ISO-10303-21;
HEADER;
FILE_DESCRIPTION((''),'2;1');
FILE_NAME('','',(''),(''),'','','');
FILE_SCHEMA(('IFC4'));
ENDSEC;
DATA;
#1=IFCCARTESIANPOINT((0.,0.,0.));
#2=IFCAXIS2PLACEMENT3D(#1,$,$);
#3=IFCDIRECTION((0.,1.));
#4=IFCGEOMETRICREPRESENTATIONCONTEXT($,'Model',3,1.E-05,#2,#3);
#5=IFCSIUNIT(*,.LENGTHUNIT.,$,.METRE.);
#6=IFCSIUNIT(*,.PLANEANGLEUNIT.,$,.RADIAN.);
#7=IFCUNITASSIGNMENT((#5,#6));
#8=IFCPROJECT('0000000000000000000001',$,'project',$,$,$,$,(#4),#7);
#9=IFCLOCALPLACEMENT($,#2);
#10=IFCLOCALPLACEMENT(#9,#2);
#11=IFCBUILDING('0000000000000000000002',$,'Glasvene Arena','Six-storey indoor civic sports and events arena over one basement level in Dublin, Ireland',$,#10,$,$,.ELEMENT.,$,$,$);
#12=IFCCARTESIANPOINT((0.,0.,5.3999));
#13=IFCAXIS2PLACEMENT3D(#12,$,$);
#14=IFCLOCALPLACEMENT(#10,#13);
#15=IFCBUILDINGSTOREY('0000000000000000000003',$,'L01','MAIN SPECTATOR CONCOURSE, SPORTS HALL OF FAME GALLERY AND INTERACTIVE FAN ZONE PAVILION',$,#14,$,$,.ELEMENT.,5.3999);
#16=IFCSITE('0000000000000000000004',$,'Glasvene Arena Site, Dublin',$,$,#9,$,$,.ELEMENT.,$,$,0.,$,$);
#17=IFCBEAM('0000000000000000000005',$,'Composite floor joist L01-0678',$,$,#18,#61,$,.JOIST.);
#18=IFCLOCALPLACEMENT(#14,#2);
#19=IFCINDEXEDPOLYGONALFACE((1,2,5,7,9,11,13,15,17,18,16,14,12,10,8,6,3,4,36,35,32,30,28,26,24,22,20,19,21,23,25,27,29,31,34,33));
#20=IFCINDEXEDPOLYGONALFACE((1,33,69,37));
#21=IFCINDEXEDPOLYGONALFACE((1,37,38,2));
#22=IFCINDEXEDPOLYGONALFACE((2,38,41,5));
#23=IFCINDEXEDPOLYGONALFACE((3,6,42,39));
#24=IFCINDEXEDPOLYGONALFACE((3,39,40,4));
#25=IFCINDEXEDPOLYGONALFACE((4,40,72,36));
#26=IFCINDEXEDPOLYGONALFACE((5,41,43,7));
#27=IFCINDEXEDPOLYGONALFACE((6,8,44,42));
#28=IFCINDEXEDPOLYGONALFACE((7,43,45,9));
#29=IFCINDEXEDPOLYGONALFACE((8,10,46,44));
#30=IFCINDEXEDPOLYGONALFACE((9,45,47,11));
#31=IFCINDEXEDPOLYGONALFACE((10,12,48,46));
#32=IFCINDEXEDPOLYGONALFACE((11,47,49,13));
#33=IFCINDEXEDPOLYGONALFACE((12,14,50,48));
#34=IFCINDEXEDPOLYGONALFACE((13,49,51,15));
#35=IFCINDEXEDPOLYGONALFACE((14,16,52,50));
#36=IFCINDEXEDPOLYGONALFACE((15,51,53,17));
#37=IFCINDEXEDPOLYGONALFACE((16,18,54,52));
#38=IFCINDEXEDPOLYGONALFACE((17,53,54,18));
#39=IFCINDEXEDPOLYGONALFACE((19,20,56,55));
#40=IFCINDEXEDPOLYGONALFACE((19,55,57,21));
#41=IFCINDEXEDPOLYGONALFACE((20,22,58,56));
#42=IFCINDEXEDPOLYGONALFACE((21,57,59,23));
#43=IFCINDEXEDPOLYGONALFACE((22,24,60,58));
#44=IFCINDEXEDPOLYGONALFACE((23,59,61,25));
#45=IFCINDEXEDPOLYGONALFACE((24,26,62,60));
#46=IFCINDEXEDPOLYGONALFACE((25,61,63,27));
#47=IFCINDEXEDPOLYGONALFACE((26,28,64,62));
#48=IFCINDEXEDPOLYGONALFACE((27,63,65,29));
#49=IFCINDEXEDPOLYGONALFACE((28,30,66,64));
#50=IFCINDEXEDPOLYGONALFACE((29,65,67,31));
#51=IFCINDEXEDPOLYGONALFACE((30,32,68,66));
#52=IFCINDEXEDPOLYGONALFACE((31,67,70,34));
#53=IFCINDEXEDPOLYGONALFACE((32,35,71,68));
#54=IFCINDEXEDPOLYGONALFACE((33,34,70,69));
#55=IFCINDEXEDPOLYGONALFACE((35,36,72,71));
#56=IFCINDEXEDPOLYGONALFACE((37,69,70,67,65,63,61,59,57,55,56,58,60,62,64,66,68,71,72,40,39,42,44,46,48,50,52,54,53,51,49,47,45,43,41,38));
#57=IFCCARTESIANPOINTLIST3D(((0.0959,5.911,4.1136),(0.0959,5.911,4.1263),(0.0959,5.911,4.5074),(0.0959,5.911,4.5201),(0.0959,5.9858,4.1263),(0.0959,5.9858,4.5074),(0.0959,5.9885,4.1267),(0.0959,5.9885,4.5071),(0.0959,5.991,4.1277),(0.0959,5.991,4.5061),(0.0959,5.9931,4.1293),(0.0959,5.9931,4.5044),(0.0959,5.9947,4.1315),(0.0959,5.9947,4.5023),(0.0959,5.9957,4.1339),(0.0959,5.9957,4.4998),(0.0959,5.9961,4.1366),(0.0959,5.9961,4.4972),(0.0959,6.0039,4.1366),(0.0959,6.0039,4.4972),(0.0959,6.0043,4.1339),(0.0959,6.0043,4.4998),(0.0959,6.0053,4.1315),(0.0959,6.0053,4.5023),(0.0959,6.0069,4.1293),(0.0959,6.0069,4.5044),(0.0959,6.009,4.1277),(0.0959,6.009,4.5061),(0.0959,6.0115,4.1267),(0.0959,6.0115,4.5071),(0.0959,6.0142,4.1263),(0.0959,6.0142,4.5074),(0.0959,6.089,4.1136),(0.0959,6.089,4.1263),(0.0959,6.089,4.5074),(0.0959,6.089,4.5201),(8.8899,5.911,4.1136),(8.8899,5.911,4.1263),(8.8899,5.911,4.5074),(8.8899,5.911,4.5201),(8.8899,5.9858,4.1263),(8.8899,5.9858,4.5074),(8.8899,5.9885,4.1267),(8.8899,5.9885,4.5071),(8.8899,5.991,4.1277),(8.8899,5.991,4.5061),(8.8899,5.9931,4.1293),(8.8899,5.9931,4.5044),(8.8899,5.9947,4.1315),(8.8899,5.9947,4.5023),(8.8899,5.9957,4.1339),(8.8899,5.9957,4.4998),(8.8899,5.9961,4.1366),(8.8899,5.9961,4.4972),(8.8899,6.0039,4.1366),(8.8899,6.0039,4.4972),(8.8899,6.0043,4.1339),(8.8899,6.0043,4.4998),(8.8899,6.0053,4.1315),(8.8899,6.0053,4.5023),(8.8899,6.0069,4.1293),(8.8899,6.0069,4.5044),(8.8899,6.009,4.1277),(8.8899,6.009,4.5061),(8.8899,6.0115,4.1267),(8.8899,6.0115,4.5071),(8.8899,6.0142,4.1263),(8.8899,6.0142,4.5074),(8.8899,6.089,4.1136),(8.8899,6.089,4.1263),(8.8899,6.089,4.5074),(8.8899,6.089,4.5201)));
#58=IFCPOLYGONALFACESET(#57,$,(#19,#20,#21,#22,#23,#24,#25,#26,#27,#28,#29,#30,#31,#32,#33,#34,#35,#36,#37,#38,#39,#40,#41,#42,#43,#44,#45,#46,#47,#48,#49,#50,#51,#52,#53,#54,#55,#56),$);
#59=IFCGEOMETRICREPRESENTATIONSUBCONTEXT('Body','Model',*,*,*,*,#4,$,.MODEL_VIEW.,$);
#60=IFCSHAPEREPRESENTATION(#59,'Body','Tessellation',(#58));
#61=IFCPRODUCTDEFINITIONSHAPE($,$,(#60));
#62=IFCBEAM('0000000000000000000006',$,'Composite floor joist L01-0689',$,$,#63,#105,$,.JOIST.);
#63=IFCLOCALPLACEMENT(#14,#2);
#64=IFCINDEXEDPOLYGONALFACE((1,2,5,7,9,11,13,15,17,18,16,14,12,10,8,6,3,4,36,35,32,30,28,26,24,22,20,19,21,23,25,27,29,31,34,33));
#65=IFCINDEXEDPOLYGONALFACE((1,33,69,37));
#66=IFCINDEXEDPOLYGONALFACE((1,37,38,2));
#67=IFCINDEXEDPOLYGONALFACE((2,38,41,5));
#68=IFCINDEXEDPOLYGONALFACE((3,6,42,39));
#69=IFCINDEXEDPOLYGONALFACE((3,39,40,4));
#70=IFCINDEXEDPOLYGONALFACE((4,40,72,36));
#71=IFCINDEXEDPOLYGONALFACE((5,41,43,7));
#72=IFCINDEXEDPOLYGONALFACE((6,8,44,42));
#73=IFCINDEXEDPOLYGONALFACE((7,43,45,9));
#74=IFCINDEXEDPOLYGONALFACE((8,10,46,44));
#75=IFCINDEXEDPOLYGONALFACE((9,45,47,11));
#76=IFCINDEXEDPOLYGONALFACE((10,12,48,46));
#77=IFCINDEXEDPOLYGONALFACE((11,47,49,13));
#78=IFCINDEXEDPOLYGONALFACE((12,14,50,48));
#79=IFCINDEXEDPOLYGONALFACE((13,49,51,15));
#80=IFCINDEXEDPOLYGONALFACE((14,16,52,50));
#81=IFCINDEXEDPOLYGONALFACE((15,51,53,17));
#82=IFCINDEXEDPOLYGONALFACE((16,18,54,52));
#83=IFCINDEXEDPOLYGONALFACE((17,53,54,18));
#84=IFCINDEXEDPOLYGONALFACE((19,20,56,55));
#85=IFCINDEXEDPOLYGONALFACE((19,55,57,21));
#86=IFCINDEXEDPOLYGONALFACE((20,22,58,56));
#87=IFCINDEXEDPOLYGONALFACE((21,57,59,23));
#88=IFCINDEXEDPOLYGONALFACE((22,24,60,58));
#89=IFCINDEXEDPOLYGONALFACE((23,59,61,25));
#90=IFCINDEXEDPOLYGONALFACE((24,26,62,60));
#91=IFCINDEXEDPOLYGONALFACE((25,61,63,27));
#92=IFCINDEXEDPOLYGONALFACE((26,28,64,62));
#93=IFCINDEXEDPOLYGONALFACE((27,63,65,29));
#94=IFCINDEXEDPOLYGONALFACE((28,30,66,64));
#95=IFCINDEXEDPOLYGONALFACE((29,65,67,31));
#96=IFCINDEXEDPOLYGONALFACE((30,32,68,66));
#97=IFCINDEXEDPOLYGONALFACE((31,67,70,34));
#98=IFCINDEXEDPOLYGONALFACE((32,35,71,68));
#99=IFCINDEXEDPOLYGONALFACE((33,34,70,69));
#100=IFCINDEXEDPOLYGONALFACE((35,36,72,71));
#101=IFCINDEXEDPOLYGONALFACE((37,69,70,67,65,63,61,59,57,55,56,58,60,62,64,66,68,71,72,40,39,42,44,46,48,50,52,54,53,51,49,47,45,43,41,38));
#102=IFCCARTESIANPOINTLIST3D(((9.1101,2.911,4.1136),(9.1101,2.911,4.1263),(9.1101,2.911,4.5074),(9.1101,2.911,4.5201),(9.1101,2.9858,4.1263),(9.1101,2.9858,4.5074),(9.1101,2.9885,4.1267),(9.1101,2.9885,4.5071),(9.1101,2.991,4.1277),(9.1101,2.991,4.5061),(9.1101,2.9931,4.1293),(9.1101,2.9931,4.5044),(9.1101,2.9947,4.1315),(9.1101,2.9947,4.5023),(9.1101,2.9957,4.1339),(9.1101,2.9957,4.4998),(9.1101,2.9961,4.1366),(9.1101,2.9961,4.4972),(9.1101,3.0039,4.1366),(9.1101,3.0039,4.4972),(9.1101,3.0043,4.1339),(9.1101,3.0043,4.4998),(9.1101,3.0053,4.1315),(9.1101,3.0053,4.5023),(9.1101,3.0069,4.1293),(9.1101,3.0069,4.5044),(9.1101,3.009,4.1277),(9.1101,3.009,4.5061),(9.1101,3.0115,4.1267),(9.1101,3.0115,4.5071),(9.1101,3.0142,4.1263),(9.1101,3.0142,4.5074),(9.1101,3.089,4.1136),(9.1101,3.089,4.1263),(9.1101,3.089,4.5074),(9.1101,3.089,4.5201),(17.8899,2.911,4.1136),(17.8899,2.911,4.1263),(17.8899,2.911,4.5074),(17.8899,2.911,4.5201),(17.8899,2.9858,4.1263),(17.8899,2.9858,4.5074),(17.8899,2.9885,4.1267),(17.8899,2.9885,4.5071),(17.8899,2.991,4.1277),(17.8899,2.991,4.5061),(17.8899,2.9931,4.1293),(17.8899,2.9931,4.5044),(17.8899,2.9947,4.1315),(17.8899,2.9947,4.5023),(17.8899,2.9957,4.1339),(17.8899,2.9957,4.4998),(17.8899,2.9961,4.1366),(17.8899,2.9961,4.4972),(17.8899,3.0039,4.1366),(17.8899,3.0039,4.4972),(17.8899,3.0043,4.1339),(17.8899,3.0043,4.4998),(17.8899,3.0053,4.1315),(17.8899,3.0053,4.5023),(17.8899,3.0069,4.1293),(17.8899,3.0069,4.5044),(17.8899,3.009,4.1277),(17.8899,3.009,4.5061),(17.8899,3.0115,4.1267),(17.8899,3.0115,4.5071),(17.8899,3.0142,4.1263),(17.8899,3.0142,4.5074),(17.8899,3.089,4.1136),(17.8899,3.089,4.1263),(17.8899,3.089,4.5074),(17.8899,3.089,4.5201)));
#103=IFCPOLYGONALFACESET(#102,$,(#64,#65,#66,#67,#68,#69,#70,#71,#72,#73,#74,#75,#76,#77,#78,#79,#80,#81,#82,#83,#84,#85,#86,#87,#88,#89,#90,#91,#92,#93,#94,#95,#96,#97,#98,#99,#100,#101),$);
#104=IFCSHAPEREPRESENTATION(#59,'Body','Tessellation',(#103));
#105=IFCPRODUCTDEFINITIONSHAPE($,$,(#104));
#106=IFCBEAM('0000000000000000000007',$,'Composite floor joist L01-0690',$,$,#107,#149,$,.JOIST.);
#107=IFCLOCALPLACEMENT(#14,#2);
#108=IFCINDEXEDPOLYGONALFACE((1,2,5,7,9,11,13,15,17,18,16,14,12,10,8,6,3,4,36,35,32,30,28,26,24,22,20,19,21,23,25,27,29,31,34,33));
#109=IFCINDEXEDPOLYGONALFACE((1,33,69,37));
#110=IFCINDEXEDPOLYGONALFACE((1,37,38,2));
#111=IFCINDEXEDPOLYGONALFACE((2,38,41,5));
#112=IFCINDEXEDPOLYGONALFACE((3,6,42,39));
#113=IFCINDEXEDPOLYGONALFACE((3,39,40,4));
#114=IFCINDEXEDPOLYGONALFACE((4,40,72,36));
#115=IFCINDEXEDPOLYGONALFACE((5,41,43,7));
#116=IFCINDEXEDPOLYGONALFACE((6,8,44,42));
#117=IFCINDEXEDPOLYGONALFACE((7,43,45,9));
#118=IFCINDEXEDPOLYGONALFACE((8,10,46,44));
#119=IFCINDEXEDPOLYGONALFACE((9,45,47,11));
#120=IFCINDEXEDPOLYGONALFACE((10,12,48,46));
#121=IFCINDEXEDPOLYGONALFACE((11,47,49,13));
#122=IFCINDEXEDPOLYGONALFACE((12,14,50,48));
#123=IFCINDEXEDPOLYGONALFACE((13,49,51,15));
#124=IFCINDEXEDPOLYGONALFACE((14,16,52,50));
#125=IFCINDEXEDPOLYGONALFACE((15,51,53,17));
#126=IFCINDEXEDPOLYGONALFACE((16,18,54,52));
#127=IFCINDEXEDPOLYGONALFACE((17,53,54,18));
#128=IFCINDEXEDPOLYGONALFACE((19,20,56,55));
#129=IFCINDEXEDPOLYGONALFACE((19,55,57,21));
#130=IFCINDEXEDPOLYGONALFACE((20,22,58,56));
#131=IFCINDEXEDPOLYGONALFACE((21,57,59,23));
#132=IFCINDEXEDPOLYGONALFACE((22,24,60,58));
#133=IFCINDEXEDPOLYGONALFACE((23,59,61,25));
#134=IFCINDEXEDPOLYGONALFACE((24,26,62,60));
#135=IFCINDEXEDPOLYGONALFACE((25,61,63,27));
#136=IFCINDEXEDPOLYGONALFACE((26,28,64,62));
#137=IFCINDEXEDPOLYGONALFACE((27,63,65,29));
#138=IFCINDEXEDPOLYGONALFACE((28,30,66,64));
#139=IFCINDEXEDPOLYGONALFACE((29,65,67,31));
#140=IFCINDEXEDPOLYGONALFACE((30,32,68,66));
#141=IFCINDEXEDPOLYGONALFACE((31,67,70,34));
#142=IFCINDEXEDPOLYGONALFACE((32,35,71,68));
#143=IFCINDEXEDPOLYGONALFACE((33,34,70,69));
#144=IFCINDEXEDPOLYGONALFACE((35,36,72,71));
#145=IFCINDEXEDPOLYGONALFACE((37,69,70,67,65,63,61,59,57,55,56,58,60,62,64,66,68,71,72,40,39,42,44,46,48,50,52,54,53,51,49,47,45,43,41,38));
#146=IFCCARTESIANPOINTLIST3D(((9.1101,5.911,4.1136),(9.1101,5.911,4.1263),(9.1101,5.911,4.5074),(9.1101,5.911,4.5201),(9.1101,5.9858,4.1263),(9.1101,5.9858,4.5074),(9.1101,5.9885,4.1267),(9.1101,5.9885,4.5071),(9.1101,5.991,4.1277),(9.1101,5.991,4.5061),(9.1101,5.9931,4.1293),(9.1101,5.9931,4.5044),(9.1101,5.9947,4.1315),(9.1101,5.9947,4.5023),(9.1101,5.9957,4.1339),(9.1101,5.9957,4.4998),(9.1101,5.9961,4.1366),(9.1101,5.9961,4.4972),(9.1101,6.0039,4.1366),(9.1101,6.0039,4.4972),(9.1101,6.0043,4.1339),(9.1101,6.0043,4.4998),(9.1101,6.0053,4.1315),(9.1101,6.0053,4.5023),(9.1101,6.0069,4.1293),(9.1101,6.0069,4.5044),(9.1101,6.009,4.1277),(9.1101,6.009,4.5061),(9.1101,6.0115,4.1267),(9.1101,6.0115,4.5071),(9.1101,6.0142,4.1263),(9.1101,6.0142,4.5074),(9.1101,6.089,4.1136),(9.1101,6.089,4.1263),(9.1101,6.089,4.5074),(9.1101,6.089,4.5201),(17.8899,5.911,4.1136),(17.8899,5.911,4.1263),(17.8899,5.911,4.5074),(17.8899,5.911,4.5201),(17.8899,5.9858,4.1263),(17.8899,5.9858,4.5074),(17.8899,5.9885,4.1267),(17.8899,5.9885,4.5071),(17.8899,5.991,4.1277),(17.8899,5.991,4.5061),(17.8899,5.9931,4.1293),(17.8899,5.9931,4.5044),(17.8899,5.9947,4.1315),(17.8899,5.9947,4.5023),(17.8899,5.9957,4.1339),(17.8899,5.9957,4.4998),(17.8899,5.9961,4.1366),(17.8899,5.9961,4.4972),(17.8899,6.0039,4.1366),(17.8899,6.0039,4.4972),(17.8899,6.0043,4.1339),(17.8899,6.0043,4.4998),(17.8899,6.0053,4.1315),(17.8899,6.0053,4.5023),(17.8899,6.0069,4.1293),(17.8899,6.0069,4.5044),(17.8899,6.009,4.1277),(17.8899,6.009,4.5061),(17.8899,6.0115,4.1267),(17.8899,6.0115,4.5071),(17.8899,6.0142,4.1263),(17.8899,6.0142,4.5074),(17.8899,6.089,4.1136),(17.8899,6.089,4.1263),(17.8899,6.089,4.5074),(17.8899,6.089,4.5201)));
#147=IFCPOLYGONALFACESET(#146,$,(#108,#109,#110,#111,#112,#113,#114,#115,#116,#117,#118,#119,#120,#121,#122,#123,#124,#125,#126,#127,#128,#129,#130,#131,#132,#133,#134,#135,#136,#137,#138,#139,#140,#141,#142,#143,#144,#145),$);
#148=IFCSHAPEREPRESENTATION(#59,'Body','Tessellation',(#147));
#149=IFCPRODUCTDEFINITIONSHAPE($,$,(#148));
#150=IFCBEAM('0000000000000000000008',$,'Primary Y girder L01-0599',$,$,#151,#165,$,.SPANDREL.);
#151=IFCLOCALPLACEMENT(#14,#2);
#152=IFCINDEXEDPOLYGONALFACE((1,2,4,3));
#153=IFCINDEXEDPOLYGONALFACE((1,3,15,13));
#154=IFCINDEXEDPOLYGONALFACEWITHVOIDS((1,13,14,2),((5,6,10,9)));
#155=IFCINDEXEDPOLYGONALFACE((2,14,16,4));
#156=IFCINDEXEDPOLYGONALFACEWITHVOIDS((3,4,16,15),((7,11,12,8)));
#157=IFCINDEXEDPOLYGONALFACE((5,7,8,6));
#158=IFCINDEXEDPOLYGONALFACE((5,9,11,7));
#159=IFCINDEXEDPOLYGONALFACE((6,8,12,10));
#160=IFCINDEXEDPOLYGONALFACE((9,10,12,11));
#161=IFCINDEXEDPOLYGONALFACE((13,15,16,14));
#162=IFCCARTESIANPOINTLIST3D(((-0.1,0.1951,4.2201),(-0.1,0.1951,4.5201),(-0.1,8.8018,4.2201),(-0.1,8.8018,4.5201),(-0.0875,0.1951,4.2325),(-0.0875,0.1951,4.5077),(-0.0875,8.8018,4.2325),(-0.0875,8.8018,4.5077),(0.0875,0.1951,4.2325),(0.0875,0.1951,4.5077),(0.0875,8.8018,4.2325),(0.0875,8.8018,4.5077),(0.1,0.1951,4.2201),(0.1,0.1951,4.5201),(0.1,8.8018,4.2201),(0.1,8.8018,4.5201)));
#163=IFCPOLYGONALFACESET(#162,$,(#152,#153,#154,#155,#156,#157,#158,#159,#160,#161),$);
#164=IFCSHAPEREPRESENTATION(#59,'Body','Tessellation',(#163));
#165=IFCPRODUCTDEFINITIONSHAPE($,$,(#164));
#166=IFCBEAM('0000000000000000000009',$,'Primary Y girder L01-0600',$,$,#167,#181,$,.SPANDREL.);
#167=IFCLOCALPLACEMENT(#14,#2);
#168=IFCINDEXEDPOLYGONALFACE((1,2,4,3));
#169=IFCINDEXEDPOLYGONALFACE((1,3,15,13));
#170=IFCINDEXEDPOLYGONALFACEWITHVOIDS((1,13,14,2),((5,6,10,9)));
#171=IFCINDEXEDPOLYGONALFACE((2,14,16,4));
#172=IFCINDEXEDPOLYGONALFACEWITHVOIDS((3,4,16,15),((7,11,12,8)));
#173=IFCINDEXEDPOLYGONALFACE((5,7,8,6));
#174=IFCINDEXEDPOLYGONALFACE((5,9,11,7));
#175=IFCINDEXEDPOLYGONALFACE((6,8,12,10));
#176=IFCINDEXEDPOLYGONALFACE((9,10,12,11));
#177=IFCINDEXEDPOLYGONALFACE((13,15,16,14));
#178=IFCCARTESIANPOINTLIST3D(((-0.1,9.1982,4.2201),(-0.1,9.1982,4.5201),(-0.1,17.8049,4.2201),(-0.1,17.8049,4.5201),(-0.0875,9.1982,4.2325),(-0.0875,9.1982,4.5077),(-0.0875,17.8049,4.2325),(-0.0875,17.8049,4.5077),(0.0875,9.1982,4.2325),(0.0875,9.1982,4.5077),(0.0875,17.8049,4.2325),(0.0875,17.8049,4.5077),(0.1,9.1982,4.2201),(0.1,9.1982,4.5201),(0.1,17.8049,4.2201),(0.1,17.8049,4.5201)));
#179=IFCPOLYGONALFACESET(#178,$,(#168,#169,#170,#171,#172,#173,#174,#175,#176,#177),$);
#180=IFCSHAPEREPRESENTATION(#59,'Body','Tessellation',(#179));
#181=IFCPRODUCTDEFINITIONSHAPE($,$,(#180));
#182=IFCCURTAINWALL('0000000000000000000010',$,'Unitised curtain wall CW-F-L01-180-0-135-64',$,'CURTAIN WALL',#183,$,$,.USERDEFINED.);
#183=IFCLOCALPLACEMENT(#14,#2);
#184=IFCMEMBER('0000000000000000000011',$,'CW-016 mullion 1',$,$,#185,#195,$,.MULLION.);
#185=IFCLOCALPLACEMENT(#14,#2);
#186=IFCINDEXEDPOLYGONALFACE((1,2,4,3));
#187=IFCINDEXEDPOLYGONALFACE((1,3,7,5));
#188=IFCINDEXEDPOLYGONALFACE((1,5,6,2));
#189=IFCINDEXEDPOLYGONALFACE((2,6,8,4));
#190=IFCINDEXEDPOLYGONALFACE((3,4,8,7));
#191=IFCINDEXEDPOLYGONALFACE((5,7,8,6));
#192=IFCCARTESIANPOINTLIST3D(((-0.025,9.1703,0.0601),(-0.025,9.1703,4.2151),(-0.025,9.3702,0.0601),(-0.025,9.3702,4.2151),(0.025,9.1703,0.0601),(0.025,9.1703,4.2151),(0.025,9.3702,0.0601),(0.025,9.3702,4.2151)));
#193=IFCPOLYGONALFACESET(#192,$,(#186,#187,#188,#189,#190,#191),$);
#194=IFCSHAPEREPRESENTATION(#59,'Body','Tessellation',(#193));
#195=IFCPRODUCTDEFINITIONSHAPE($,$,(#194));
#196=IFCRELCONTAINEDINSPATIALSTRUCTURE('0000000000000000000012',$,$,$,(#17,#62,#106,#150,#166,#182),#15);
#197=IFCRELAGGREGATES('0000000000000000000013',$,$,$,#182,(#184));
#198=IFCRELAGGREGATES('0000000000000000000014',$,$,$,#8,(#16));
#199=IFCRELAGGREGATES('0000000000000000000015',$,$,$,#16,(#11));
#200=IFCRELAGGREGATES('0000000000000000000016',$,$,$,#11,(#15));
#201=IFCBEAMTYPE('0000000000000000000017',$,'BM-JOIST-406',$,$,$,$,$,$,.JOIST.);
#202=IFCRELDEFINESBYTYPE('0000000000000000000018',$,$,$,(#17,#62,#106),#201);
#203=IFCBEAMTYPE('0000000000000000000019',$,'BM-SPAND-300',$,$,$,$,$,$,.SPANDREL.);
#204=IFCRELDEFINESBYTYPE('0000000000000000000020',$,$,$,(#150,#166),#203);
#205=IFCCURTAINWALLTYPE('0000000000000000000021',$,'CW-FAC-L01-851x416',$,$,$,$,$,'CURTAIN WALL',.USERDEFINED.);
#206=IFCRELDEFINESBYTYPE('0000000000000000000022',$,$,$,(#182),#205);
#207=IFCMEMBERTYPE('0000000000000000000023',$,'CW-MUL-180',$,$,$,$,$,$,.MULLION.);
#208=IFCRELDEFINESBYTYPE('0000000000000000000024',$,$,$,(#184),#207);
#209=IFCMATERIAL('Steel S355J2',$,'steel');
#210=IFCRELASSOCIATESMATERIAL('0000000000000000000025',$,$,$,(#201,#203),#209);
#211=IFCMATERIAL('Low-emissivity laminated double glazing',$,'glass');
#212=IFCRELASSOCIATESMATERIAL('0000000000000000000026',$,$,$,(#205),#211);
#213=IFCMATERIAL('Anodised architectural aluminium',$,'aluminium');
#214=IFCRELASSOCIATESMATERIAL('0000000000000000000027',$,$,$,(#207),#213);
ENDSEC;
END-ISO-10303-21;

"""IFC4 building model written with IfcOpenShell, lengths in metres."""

from ifc_helpers import new_model, si_unit, direction, frame, origin, origin_2d, place, context, subcontext, project, spatial, rectangle, hollow_rectangle, i_section, extrude, material, material_profile, profile_set, type_object, element, aggregate, save


model = new_model("IFC4")

# Units and contexts
model_context = context("Model", 3, precision=1e-05, world=origin(), true_north=direction((0.0, 1.0)))
body_context = subcontext(model_context, "Body", "Model", "MODEL_VIEW")
ifc_project = project(units=[si_unit("LENGTHUNIT", "METRE"), si_unit("PLANEANGLEUNIT", "RADIAN")], contexts=[model_context])

# Site, building, storey
site_placement = place(None, origin())
site = spatial("IfcSite", under=ifc_project, at=site_placement, Name="Glasvene Arena Site, Dublin", CompositionType="ELEMENT", RefElevation=0.0)
building_placement = place(site_placement, origin())
building = spatial("IfcBuilding", under=site, at=building_placement, Name="Glasvene Arena", Description="Six-storey indoor civic sports and events arena over one basement level in Dublin, Ireland", CompositionType="ELEMENT")
storey_placement = place(building_placement, frame((0.0, 0.0, 5.3999)))
storey = spatial("IfcBuildingStorey", under=building, at=storey_placement, Name="L01", Description="MAIN SPECTATOR CONCOURSE, SPORTS HALL OF FAME GALLERY AND INTERACTIVE FAN ZONE PAVILION", CompositionType="ELEMENT", Elevation=5.3999)

# Shared definitions
ifc_material_1 = material(Name="Steel S355J2", Category="steel")

# Beams
ifc_material_profile_1 = material_profile(ifc_material_1, i_section(OverallWidth=0.178, OverallDepth=0.4065, WebThickness=0.0078, FlangeThickness=0.0127, FilletRadius=0.0103, at=origin_2d()), Name="UKB 406x178x60")
ifc_profile_set_1 = profile_set([ifc_material_profile_1], Name="Steel S355J2")
beam_type_1 = type_object("IfcBeamType", Name="BM-JOIST-406", PredefinedType="JOIST", material=ifc_profile_set_1)
for number, where, z_axis, x_axis, name in (
    (1, (0.0959, 6.0, 4.3169), (1.0, 0.0, 0.0), (0.0, 1.0, 0.0), "Composite floor joist L01-0678"),
):
    element("IfcBeam", number, at=place(storey_placement, frame(where, z_axis=z_axis, x_axis=x_axis)), inside=storey, type_object=beam_type_1, Name=name, PredefinedType="JOIST", context=body_context, shape_type="SweptSolid", body=[
        extrude(i_section(OverallWidth=0.178, OverallDepth=0.4065, WebThickness=0.0078, FlangeThickness=0.0127, FilletRadius=0.0103, at=origin_2d()), origin(), (0.0, 0.0, 1.0), 8.7939),
    ])
for number, where, z_axis, x_axis, name in (
    (2, (9.1101, 3.0, 4.3169), (1.0, 0.0, 0.0), (0.0, 1.0, 0.0), "Composite floor joist L01-0689"),
    (3, (9.1101, 6.0, 4.3169), (1.0, 0.0, 0.0), (0.0, 1.0, 0.0), "Composite floor joist L01-0690"),
):
    element("IfcBeam", number, at=place(storey_placement, frame(where, z_axis=z_axis, x_axis=x_axis)), inside=storey, type_object=beam_type_1, Name=name, PredefinedType="JOIST", context=body_context, shape_type="SweptSolid", body=[
        extrude(i_section(OverallWidth=0.178, OverallDepth=0.4065, WebThickness=0.0078, FlangeThickness=0.0127, FilletRadius=0.0103, at=origin_2d()), origin(), (0.0, 0.0, 1.0), 8.7798),
    ])
ifc_material_profile_2 = material_profile(ifc_material_1, hollow_rectangle(XDim=0.2, YDim=0.3, WallThickness=0.0125, at=origin_2d()), Name="RHS 300x200x12.5")
ifc_profile_set_2 = profile_set([ifc_material_profile_2], Name="Steel S355J2")
beam_type_2 = type_object("IfcBeamType", Name="BM-SPAND-300", PredefinedType="SPANDREL", material=ifc_profile_set_2)
for number, where, z_axis, x_axis, name in (
    (4, (0.0, 0.1951, 4.3701), (0.0, 1.0, 0.0), (-1.0, 0.0, 0.0), "Primary Y girder L01-0599"),
    (5, (0.0, 9.1982, 4.3701), (0.0, 1.0, 0.0), (-1.0, 0.0, 0.0), "Primary Y girder L01-0600"),
):
    element("IfcBeam", number, at=place(storey_placement, frame(where, z_axis=z_axis, x_axis=x_axis)), inside=storey, type_object=beam_type_2, Name=name, PredefinedType="SPANDREL", context=body_context, shape_type="SweptSolid", body=[
        extrude(hollow_rectangle(XDim=0.2, YDim=0.3, WallThickness=0.0125, at=origin_2d()), origin(), (0.0, 0.0, 1.0), 8.6067),
    ])

# Curtain wall, member
ifc_material_2 = material(Name="Low-emissivity laminated double glazing", Category="glass")
curtain_wall_type = type_object("IfcCurtainWallType", Name="CW-FAC-L01-851x416", ElementType="CURTAIN WALL", PredefinedType="USERDEFINED", material=ifc_material_2)
curtain_wall_placement = place(storey_placement, frame((0.0, 9.2451, 0.0)))
curtain_wall = element("IfcCurtainWall", 6, at=curtain_wall_placement, inside=storey, type_object=curtain_wall_type, Name="Unitised curtain wall CW-F-L01-180-0-135-64", ObjectType="CURTAIN WALL", PredefinedType="USERDEFINED")
ifc_material_3 = material(Name="Anodised architectural aluminium", Category="aluminium")
ifc_material_profile_3 = material_profile(ifc_material_3, rectangle(XDim=0.05, YDim=0.2, at=origin_2d()), Name="ALU MULLION 50x200")
ifc_profile_set_3 = profile_set([ifc_material_profile_3], Name="Anodised architectural aluminium")
member_type_1 = type_object("IfcMemberType", Name="CW-MUL-180", PredefinedType="MULLION", material=ifc_profile_set_3)
member_1_placement = place(storey_placement, frame((0.0, 9.2703, 0.0601), z_axis=(0.0, 0.0, 1.0), x_axis=(-1.0, 0.0, 0.0)))
member_1 = element("IfcMember", 7, at=member_1_placement, type_object=member_type_1, Name="CW-016 mullion 1", PredefinedType="MULLION", context=body_context, shape_type="SweptSolid", body=[
    extrude(rectangle(XDim=0.05, YDim=0.2, at=origin_2d()), origin(), (0.0, 0.0, 1.0), 4.155),
])
aggregate(curtain_wall, [member_1])

save(model, "model.ifc")
